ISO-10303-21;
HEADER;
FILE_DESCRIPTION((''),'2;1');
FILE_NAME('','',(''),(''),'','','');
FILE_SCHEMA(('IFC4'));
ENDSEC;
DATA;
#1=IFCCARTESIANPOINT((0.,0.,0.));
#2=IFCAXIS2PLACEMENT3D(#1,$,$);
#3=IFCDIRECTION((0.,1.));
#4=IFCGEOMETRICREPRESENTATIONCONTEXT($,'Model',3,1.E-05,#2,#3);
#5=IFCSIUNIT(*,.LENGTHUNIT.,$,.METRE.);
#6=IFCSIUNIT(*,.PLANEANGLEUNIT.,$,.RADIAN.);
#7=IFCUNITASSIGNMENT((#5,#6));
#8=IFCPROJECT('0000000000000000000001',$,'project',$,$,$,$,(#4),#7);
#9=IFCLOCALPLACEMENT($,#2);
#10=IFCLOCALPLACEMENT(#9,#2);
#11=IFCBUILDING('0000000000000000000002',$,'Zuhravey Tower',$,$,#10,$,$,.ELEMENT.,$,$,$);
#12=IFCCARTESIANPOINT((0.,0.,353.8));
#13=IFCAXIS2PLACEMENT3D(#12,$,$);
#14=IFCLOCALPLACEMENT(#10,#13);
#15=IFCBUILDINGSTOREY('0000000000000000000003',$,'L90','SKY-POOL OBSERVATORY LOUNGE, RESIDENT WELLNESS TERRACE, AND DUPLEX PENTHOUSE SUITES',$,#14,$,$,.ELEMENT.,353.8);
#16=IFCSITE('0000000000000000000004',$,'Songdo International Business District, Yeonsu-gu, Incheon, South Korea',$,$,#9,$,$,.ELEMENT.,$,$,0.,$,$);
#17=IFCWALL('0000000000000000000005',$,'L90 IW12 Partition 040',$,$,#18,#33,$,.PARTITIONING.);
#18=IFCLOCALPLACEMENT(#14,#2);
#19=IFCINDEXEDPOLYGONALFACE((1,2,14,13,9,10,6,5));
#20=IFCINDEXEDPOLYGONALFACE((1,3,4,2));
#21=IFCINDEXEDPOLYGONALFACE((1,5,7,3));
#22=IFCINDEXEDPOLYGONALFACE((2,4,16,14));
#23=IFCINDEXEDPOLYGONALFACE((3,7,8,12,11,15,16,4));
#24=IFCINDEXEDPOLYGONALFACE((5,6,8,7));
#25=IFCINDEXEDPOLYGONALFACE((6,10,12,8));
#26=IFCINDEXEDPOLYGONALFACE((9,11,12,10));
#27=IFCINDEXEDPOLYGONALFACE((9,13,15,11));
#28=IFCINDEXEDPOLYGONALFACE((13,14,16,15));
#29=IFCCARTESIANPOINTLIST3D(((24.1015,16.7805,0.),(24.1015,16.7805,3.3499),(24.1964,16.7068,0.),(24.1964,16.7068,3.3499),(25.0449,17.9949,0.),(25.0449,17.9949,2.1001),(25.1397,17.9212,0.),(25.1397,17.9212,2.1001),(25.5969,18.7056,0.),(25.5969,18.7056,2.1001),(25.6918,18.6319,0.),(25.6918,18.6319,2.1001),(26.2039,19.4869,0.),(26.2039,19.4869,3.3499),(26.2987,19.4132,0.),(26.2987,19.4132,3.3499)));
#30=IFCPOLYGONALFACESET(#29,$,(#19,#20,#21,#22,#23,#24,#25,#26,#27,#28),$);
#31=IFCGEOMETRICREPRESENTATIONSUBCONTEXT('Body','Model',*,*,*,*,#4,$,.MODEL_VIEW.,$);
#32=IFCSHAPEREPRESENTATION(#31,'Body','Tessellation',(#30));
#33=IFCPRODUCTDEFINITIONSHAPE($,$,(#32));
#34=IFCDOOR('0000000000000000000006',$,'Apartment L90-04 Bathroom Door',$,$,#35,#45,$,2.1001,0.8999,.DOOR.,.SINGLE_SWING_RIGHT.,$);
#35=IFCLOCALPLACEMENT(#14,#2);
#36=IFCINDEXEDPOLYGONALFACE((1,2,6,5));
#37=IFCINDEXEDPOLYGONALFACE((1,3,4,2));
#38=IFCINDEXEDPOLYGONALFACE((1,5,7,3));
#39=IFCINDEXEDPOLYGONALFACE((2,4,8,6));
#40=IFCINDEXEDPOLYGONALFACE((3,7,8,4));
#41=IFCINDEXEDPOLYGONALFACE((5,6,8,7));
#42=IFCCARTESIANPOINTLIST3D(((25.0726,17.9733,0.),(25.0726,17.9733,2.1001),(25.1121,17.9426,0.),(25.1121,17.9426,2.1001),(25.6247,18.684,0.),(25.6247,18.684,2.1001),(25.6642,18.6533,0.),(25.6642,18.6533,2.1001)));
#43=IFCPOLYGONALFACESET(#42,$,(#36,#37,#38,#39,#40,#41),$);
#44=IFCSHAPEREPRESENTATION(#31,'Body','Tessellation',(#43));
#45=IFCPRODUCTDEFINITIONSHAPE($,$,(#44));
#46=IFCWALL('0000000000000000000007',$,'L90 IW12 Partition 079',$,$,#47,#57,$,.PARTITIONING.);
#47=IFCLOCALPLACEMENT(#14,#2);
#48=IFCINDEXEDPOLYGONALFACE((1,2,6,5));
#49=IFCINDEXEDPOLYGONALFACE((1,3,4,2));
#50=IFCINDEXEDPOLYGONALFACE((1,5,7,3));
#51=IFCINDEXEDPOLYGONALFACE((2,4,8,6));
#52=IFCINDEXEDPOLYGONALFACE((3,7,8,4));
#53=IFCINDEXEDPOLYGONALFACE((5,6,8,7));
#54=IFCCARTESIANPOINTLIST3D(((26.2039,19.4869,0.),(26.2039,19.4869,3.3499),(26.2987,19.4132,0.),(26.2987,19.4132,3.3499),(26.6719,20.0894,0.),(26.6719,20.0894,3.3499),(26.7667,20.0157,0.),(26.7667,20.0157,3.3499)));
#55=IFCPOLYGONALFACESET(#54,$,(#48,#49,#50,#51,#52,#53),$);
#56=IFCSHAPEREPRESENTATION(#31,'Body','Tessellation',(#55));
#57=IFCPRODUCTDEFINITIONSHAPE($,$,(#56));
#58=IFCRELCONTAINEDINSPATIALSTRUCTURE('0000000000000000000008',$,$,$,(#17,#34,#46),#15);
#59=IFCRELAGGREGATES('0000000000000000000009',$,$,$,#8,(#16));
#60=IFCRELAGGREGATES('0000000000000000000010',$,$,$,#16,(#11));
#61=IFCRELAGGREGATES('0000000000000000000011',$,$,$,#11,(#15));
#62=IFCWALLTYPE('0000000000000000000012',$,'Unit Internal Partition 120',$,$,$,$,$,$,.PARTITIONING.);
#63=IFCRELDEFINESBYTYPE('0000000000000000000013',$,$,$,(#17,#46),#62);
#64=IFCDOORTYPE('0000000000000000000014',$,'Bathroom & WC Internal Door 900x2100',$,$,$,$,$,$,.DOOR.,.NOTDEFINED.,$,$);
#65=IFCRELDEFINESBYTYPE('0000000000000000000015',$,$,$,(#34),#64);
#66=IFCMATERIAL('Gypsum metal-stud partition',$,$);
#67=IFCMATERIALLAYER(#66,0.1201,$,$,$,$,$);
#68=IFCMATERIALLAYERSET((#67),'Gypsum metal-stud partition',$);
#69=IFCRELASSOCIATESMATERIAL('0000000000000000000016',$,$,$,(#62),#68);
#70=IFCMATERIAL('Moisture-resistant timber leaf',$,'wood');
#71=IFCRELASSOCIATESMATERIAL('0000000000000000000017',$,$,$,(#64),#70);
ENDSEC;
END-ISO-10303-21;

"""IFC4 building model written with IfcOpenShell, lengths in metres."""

from ifc_helpers import new_model, si_unit, direction, frame, frame_2d, origin, place, context, subcontext, project, spatial, rectangle, extrude, material, layer, layer_set, type_object, element, fill, save


model = new_model("IFC4")

# Units and contexts
model_context = context("Model", 3, precision=1e-05, world=origin(), true_north=direction((0.0, 1.0)))
body_context = subcontext(model_context, "Body", "Model", "MODEL_VIEW")
ifc_project = project(units=[si_unit("LENGTHUNIT", "METRE"), si_unit("PLANEANGLEUNIT", "RADIAN")], contexts=[model_context])

# Site, building, storey
site_placement = place(None, origin())
site = spatial("IfcSite", under=ifc_project, at=site_placement, Name="Songdo International Business District, Yeonsu-gu, Incheon, South Korea", CompositionType="ELEMENT", RefElevation=0.0)
building_placement = place(site_placement, origin())
building = spatial("IfcBuilding", under=site, at=building_placement, Name="Zuhravey Tower", CompositionType="ELEMENT")
storey_placement = place(building_placement, frame((0.0, 0.0, 353.8)))
storey = spatial("IfcBuildingStorey", under=building, at=storey_placement, Name="L90", Description="SKY-POOL OBSERVATORY LOUNGE, RESIDENT WELLNESS TERRACE, AND DUPLEX PENTHOUSE SUITES", CompositionType="ELEMENT", Elevation=353.8)

# Wall, opening, door
ifc_material_1 = material(Name="Gypsum metal-stud partition")
ifc_layer_1 = layer(ifc_material_1, 0.1201)
ifc_layer_set_1 = layer_set([ifc_layer_1], Name="Gypsum metal-stud partition")
wall_type_1 = type_object("IfcWallType", Name="Unit Internal Partition 120", PredefinedType="PARTITIONING", material=ifc_layer_set_1)
wall_1_placement = place(storey_placement, frame((26.2512, 19.45, 0.0), z_axis=(0.0, 0.0, 1.0), x_axis=(-0.613467, -0.78972, 0.0)))
wall_1 = element("IfcWall", 1, at=wall_1_placement, inside=storey, type_object=wall_type_1, Name="L90 IW12 Partition 040", PredefinedType="PARTITIONING", context=body_context, shape_type="SweptSolid", body=[
    extrude(rectangle(XDim=3.427, YDim=0.1201, at=frame_2d((1.7134, 0.0))), origin(), (0.0, 0.0, 1.0), 3.3499),
])
opening_1_placement = place(wall_1_placement, frame((0.9893, 0.0, 0.0)))
opening_1 = element("IfcOpeningElement", 2, at=opening_1_placement, cuts=wall_1, PredefinedType="OPENING", context=body_context, shape_type="SweptSolid", body=[
    extrude(rectangle(XDim=0.8999, YDim=2.1001, at=frame_2d((0.45, 1.05))), frame((0.0, 0.072, 0.0), z_axis=(0.0, -1.0, 0.0), x_axis=(1.0, 0.0, 0.0)), (0.0, 0.0, 1.0), 0.144),
])
ifc_material_2 = material(Name="Moisture-resistant timber leaf", Category="wood")
door_type_1 = type_object("IfcDoorType", Name="Bathroom & WC Internal Door 900x2100", OperationType="NOTDEFINED", PredefinedType="DOOR", material=ifc_material_2)
door_1_placement = place(opening_1_placement, frame((0.8999, 0.0, 0.0), z_axis=(0.0, 0.0, 1.0), x_axis=(-1.0, 0.0, 0.0)))
door_1 = element("IfcDoor", 3, at=door_1_placement, inside=storey, type_object=door_type_1, Name="Apartment L90-04 Bathroom Door", OperationType="SINGLE_SWING_RIGHT", OverallHeight=2.1001, OverallWidth=0.8999, PredefinedType="DOOR", context=body_context, shape_type="SweptSolid", body=[
    extrude(rectangle(XDim=0.8999, YDim=2.1001, at=frame_2d((0.45, 1.05))), frame((0.0, 0.0249, 0.0), z_axis=(0.0, -1.0, 0.0), x_axis=(1.0, 0.0, 0.0)), (0.0, 0.0, 1.0), 0.05),
])
fill(opening_1, door_1)

# Wall
wall_2_placement = place(storey_placement, frame((26.7192, 20.0525, 0.0), z_axis=(0.0, 0.0, 1.0), x_axis=(-0.613431, -0.789748, 0.0)))
element("IfcWall", 4, at=wall_2_placement, inside=storey, type_object=wall_type_1, Name="L90 IW12 Partition 079", PredefinedType="PARTITIONING", context=body_context, shape_type="SweptSolid", body=[
    extrude(rectangle(XDim=0.7629, YDim=0.1201, at=frame_2d((0.3813, 0.0))), origin(), (0.0, 0.0, 1.0), 3.3499),
])

save(model, "model.ifc")
